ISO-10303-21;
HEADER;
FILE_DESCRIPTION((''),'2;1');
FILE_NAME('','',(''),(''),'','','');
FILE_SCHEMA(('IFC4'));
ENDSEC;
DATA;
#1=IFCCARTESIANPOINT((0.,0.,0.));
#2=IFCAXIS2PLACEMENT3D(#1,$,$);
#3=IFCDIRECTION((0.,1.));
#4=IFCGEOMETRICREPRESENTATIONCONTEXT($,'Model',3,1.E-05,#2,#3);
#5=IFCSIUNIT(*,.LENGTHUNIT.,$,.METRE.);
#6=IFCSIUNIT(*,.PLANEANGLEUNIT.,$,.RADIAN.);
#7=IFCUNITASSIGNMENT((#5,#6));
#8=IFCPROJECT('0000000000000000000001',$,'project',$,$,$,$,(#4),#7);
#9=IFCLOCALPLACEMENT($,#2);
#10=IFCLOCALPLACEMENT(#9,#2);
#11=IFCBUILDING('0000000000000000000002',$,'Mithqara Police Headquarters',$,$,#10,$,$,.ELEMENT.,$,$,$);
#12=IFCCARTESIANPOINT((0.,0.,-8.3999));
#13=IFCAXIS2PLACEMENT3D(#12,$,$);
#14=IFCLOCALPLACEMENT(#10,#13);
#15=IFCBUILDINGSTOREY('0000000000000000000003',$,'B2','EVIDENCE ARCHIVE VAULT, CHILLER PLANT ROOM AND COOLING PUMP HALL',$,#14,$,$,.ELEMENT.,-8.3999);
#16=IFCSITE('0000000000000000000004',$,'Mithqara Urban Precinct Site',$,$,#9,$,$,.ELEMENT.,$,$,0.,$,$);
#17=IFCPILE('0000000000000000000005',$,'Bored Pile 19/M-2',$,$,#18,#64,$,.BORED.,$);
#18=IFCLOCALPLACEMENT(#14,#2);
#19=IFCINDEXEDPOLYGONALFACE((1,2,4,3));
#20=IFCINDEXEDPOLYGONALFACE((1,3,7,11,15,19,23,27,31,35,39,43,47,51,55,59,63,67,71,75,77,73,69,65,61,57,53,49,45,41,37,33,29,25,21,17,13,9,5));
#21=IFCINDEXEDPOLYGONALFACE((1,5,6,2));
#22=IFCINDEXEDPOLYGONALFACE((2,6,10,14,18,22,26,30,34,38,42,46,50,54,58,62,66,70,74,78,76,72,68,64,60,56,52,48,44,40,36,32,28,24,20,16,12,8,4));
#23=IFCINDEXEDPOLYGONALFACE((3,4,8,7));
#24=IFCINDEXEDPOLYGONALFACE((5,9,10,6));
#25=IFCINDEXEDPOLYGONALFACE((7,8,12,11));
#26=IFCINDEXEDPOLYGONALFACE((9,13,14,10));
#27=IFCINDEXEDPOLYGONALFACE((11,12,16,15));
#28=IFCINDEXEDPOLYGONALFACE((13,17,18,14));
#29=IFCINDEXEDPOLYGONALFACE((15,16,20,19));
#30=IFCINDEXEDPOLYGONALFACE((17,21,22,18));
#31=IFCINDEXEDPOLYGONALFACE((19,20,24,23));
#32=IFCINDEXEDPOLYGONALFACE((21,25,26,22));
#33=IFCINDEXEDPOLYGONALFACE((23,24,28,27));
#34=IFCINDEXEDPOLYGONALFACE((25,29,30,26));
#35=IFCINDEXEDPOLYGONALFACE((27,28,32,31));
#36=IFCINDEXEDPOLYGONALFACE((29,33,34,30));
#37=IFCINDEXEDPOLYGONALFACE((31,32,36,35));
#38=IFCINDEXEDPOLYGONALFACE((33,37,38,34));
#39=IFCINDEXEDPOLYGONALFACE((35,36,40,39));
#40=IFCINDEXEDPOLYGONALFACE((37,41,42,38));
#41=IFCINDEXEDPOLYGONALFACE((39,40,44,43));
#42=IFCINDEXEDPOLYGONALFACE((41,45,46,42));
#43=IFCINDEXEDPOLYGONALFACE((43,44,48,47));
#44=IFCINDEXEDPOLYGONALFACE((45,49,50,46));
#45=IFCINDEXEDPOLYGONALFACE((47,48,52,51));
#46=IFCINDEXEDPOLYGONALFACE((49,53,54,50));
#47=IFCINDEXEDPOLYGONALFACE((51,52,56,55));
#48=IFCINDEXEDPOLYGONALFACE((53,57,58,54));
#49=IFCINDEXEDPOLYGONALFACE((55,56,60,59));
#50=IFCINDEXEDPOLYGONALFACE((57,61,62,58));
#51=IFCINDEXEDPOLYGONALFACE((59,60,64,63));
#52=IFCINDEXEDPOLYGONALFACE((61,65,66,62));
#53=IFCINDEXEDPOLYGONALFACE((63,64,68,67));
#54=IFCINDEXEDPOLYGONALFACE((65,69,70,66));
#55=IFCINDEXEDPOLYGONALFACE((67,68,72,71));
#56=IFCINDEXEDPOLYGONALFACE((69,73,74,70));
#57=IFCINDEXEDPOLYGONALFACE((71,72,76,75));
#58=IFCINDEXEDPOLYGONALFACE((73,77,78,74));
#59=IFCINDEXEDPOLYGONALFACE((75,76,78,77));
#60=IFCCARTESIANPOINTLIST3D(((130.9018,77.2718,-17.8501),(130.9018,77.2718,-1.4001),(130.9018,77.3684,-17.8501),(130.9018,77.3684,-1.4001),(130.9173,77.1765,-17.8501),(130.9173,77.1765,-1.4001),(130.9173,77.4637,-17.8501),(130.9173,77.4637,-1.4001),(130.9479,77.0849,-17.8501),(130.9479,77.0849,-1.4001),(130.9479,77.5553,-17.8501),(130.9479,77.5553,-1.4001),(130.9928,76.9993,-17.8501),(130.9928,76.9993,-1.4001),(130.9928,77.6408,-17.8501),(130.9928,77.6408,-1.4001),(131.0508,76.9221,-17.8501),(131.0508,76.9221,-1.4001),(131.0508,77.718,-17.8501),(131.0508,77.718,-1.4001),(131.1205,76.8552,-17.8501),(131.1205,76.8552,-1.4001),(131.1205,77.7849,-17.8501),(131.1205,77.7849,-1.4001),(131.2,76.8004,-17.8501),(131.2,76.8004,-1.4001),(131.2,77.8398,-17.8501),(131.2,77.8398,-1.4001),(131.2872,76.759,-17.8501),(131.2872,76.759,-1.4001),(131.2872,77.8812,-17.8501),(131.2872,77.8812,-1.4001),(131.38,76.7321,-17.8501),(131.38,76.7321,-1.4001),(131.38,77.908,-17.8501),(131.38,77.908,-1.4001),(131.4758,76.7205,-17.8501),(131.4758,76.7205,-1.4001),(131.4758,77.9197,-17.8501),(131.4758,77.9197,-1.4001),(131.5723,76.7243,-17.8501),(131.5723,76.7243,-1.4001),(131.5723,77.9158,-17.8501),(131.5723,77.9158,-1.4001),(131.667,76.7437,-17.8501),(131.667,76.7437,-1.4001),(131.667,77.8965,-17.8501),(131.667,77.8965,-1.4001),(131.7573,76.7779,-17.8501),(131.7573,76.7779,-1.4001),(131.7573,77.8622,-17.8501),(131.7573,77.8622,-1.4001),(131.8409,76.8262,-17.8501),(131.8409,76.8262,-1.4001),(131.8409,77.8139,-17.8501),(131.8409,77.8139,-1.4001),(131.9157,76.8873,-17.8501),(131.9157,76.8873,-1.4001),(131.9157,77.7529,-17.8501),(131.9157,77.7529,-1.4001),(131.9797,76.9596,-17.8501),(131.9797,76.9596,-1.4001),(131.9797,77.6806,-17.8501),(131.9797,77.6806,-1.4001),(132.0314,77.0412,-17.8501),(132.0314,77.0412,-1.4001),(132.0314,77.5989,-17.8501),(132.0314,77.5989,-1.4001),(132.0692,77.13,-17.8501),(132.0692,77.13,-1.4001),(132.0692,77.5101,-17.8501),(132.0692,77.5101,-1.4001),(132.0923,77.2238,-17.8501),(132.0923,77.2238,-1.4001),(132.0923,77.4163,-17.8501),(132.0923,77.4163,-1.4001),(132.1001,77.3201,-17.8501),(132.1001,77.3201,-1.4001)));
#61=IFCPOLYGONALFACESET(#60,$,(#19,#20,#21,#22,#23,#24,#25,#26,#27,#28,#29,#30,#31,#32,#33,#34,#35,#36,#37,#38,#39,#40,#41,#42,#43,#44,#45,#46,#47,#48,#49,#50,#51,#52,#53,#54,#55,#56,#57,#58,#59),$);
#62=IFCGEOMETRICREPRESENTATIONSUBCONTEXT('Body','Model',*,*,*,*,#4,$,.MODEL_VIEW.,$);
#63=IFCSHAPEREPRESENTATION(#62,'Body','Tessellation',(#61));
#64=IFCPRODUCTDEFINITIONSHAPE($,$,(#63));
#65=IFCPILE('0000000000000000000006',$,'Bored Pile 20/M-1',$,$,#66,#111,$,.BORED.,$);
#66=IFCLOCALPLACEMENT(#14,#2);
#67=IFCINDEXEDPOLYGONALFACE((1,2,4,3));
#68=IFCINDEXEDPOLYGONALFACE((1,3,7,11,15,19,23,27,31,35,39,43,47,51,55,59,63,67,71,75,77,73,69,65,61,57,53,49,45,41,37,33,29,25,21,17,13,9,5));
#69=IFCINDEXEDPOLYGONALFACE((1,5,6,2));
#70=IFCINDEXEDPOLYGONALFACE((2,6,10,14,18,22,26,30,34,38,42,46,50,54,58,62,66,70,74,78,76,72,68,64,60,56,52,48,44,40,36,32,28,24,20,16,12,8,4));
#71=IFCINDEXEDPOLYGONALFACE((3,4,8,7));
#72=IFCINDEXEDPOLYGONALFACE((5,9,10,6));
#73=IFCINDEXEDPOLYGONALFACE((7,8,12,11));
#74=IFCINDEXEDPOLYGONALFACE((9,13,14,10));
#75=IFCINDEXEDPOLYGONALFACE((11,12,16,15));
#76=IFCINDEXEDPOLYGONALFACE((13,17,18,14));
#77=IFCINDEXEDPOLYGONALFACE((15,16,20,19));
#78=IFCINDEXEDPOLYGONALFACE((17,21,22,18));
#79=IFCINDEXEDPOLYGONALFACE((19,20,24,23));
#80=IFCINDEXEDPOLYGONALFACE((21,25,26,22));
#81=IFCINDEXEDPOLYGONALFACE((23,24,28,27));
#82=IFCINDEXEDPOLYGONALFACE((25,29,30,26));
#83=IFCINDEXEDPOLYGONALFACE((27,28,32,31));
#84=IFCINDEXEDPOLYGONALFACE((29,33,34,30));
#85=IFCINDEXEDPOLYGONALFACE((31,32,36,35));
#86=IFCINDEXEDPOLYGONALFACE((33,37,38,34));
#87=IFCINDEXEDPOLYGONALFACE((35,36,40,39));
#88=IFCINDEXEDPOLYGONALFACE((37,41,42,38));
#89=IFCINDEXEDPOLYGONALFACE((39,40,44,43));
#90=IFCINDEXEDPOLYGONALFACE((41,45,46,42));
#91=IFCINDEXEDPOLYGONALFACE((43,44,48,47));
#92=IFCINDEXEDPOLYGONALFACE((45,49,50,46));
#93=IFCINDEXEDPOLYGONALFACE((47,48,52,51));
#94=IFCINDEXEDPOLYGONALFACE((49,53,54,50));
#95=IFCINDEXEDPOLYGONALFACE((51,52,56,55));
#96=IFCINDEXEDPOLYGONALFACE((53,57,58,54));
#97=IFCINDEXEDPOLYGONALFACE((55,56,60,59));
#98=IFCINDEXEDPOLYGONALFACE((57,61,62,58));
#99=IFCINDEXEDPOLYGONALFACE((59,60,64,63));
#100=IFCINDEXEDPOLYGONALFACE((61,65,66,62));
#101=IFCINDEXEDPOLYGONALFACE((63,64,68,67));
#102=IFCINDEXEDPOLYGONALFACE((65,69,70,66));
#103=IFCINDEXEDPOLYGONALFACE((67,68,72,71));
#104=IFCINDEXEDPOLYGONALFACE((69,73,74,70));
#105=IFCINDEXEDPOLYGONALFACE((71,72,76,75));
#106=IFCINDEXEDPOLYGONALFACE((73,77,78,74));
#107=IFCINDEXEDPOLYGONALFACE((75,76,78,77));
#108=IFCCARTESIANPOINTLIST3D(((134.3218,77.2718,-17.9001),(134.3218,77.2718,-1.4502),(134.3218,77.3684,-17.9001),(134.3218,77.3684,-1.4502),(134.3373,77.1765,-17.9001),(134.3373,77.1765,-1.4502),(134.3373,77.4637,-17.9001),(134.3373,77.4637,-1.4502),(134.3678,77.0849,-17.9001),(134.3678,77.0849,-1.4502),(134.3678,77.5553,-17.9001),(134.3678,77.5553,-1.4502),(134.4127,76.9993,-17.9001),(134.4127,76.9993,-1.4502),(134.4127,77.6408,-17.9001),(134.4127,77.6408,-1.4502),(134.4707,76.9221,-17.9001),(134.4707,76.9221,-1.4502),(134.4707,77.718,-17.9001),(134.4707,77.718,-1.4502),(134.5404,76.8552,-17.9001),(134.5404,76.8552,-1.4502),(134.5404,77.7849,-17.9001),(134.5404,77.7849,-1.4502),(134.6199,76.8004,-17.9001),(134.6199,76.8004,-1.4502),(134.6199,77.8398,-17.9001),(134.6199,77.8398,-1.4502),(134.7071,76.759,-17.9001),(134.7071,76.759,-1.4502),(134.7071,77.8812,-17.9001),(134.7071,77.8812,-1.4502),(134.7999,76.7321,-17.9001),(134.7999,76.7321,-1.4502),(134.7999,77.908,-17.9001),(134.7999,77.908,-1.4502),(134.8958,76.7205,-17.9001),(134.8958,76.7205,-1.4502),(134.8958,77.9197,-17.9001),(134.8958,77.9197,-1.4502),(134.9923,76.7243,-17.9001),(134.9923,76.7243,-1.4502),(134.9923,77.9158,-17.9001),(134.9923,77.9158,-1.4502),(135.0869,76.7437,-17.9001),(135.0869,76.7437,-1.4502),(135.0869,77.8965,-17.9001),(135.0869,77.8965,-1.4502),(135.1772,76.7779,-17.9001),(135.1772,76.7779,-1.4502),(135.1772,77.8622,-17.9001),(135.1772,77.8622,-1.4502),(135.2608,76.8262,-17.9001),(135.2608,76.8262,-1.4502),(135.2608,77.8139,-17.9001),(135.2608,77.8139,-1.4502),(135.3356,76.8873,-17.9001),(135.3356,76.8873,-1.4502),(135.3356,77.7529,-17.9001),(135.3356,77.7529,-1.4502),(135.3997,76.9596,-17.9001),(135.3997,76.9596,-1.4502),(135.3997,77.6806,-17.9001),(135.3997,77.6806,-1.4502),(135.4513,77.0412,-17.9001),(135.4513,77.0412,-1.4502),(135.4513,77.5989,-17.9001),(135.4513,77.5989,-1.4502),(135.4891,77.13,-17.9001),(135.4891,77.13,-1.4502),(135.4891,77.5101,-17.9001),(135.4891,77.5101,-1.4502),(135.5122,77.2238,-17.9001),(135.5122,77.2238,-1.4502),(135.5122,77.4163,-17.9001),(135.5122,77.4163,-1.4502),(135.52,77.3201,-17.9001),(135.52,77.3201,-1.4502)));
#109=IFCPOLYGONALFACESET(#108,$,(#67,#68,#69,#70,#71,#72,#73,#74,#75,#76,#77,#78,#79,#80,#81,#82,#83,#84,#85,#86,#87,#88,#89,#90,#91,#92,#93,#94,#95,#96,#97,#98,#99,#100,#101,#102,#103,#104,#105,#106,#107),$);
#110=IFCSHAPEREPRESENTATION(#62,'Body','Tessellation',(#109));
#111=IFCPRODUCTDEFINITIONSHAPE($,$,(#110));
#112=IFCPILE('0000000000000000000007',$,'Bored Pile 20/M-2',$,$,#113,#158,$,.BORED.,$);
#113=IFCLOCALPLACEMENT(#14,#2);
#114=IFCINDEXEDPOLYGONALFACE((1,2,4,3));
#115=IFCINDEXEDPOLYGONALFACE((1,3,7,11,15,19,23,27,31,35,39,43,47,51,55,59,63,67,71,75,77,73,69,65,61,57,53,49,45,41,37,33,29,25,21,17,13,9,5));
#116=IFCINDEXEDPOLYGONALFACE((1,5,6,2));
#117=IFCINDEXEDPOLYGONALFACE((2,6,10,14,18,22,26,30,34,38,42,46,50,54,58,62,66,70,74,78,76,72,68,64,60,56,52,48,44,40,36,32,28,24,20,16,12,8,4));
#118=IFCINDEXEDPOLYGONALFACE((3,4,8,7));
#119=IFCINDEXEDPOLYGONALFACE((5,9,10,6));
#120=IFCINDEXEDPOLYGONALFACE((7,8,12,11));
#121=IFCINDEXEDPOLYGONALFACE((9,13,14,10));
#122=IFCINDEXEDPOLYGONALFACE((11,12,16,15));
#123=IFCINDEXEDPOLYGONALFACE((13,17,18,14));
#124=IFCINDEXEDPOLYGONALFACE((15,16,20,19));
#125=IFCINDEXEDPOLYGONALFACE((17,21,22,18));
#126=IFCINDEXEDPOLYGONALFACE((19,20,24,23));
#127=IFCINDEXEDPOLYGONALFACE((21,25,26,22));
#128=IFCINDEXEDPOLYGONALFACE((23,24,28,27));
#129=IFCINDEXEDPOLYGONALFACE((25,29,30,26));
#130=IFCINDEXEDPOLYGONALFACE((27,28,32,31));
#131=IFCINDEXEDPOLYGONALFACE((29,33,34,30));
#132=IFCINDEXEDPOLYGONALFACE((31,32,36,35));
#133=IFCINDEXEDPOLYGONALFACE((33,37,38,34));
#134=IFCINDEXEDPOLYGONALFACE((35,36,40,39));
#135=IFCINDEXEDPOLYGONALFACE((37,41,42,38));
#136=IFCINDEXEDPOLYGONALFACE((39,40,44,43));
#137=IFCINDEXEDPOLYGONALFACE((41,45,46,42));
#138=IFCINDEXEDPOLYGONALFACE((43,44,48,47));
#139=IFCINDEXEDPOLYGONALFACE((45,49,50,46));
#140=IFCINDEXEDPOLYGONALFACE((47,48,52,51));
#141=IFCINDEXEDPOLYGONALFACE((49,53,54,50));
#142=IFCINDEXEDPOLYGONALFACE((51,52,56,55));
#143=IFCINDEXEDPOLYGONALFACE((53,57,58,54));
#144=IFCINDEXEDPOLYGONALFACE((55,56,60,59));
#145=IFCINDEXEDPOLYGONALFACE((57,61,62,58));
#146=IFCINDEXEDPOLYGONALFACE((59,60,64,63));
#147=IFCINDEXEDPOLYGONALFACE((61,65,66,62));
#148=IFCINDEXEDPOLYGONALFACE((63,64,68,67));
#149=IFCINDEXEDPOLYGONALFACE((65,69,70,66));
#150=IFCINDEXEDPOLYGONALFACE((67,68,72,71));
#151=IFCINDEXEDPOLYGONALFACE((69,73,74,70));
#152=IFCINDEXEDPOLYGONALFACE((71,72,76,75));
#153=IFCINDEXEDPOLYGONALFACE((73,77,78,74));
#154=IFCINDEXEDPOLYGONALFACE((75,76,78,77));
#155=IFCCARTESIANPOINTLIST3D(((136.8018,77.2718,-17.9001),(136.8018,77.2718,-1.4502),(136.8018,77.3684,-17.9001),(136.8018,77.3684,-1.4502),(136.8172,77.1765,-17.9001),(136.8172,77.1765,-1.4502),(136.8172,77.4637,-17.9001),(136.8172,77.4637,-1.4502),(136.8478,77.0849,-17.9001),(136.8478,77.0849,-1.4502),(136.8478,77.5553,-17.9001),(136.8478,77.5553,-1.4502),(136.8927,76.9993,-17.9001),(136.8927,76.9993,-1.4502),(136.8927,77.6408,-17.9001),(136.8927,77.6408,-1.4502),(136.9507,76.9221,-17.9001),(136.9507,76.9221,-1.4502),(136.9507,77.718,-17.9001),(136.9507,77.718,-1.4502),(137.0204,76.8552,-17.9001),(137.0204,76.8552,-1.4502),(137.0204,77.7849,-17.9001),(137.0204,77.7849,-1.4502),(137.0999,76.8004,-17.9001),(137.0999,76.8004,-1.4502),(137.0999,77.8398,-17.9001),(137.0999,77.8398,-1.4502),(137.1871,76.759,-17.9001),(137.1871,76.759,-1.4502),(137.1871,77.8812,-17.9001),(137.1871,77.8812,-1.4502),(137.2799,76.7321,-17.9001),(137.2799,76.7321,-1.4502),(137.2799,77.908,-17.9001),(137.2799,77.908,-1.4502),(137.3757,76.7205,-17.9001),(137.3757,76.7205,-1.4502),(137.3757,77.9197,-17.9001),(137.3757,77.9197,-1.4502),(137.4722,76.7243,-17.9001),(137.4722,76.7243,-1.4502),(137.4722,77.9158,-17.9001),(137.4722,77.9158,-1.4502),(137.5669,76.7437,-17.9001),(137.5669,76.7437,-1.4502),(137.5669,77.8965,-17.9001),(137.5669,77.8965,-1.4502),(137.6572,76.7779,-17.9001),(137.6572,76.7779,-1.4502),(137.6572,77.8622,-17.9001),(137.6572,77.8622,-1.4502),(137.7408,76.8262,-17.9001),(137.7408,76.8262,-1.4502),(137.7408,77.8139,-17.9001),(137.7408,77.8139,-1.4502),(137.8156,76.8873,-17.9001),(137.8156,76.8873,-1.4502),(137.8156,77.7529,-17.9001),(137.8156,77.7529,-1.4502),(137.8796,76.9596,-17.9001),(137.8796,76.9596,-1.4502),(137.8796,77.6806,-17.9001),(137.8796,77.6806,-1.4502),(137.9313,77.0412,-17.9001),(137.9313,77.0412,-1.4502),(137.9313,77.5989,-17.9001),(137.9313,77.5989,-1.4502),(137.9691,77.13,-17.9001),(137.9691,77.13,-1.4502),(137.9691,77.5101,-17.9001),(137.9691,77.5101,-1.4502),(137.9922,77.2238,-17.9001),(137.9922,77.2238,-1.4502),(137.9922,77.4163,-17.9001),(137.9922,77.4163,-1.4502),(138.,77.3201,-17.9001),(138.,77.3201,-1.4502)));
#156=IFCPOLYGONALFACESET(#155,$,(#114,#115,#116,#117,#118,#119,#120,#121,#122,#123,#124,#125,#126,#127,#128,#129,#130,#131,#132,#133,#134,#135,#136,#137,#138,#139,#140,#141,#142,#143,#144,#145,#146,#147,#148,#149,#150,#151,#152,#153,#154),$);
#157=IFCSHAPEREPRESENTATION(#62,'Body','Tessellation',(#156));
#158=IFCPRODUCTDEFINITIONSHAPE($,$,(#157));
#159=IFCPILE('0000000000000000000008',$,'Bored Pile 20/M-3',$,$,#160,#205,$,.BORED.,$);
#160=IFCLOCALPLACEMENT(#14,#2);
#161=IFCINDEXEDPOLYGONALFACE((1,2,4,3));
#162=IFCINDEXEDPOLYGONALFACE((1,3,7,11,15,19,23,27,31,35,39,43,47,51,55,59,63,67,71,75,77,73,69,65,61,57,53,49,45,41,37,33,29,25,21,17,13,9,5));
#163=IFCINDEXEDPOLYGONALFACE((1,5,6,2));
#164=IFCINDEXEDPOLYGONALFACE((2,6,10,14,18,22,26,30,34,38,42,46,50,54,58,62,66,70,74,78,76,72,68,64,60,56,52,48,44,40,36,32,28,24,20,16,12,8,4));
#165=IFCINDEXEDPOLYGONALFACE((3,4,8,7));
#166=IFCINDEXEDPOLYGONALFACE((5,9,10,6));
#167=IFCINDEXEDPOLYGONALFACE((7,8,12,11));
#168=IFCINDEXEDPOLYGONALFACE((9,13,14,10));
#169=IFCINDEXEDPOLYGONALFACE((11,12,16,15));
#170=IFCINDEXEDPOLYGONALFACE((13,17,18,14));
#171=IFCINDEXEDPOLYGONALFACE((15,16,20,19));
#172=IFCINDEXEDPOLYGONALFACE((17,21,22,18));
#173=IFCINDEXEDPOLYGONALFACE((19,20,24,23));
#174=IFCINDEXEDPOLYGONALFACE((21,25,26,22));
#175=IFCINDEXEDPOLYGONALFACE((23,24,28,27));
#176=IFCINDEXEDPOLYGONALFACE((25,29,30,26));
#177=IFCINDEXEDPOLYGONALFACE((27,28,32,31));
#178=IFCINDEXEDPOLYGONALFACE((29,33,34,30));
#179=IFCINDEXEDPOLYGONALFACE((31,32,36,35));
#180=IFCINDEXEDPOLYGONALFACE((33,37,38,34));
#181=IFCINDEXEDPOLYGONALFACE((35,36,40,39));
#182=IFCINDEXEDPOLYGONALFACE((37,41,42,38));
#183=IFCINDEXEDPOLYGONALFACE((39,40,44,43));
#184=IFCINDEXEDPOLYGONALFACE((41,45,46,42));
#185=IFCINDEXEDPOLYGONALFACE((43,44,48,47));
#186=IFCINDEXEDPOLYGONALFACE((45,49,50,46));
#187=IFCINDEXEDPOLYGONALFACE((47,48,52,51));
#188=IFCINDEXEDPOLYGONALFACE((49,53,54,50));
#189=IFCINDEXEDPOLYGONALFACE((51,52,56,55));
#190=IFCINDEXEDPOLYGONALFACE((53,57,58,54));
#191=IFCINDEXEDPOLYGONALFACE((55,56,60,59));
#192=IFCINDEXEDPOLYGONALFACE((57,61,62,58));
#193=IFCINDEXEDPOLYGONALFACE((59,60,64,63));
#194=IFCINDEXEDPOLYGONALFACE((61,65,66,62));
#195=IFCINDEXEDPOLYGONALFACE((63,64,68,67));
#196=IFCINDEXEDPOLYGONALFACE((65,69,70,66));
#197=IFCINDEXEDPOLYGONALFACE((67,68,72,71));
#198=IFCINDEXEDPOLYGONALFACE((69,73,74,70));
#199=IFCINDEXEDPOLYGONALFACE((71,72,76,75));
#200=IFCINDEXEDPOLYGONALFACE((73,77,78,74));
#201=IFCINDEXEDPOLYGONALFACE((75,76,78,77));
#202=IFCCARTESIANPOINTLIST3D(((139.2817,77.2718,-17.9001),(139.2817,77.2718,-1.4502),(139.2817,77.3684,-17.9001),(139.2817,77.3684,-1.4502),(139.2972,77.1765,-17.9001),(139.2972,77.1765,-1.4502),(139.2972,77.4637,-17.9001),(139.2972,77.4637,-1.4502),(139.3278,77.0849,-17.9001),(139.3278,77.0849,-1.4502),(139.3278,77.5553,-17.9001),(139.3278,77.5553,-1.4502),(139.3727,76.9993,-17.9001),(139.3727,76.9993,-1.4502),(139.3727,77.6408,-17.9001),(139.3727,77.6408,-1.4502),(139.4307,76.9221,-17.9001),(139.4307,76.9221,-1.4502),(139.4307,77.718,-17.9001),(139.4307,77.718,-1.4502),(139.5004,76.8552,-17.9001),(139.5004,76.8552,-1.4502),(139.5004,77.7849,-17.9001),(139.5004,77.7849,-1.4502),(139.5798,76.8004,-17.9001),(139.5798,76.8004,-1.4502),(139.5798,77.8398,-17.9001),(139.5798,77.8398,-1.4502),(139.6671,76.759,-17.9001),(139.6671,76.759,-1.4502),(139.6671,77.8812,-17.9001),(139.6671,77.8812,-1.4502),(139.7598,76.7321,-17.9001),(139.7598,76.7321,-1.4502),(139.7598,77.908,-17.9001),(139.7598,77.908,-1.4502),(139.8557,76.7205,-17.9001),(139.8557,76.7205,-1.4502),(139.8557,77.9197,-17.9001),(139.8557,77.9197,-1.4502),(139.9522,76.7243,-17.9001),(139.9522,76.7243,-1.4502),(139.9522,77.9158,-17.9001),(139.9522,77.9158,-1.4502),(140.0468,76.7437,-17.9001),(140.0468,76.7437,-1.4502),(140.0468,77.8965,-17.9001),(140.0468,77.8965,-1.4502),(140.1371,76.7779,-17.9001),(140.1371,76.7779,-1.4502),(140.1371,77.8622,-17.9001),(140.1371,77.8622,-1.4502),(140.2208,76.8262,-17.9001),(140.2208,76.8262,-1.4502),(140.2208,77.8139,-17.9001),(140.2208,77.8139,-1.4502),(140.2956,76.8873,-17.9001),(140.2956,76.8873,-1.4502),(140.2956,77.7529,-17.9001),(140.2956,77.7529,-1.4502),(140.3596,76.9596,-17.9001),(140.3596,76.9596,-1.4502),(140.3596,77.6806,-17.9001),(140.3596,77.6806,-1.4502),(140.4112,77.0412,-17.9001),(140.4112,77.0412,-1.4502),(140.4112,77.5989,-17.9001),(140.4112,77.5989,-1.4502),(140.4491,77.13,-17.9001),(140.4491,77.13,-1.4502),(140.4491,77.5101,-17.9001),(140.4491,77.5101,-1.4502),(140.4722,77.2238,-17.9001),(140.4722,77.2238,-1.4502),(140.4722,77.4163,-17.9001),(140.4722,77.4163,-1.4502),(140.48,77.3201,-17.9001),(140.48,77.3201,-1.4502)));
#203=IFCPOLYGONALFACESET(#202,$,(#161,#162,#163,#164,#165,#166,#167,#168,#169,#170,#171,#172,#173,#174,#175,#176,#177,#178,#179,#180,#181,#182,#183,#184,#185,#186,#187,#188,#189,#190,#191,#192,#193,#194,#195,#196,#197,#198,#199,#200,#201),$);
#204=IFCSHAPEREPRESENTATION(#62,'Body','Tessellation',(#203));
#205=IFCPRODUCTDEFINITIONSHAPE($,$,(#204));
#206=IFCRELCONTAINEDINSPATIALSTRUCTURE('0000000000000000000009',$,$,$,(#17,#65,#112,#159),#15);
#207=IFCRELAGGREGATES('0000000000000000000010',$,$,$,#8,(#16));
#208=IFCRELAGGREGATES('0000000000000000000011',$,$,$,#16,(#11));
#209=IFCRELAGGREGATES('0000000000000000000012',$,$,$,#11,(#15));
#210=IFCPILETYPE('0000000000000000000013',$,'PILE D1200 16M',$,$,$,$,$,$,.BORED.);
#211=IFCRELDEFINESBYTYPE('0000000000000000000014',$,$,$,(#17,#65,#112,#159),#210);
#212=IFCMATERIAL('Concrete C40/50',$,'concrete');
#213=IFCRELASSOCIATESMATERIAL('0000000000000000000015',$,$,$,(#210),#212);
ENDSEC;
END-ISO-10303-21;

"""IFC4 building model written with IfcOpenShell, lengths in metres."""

from ifc_helpers import new_model, si_unit, direction, frame, origin, origin_2d, place, context, subcontext, project, spatial, circle, extrude, material, material_profile, profile_set, type_object, element, save


model = new_model("IFC4")

# Units and contexts
model_context = context("Model", 3, precision=1e-05, world=origin(), true_north=direction((0.0, 1.0)))
body_context = subcontext(model_context, "Body", "Model", "MODEL_VIEW")
ifc_project = project(units=[si_unit("LENGTHUNIT", "METRE"), si_unit("PLANEANGLEUNIT", "RADIAN")], contexts=[model_context])

# Site, building, storey
site_placement = place(None, origin())
site = spatial("IfcSite", under=ifc_project, at=site_placement, Name="Mithqara Urban Precinct Site", CompositionType="ELEMENT", RefElevation=0.0)
building_placement = place(site_placement, origin())
building = spatial("IfcBuilding", under=site, at=building_placement, Name="Mithqara Police Headquarters", CompositionType="ELEMENT")
storey_placement = place(building_placement, frame((0.0, 0.0, -8.3999)))
storey = spatial("IfcBuildingStorey", under=building, at=storey_placement, Name="B2", Description="EVIDENCE ARCHIVE VAULT, CHILLER PLANT ROOM AND COOLING PUMP HALL", CompositionType="ELEMENT", Elevation=-8.3999)

# Shared definitions
ifc_material_1 = material(Name="Concrete C40/50", Category="concrete")

# Piles
ifc_material_profile_1 = material_profile(ifc_material_1, circle(Radius=0.6001, at=origin_2d()), Name="PILE D1200")
ifc_profile_set_1 = profile_set([ifc_material_profile_1], Name="Concrete C40/50")
pile_type_1 = type_object("IfcPileType", Name="PILE D1200 16M", PredefinedType="BORED", material=ifc_profile_set_1)
for number, where, z_axis, x_axis, name in (
    (1, (131.5, 77.3201, -1.4001), (0.0, 0.0, -1.0), (1.0, 0.0, 0.0), "Bored Pile 19/M-2"),
    (2, (134.9199, 77.3201, -1.4502), (0.0, 0.0, -1.0), (1.0, 0.0, 0.0), "Bored Pile 20/M-1"),
    (3, (137.3999, 77.3201, -1.4502), (0.0, 0.0, -1.0), (1.0, 0.0, 0.0), "Bored Pile 20/M-2"),
    (4, (139.8799, 77.3201, -1.4502), (0.0, 0.0, -1.0), (1.0, 0.0, 0.0), "Bored Pile 20/M-3"),
):
    element("IfcPile", number, at=place(storey_placement, frame(where, z_axis=z_axis, x_axis=x_axis)), inside=storey, type_object=pile_type_1, Name=name, PredefinedType="BORED", context=body_context, shape_type="SweptSolid", body=[
        extrude(circle(Radius=0.6001, at=origin_2d()), origin(), (0.0, 0.0, 1.0), 16.45),
    ])

save(model, "model.ifc")
